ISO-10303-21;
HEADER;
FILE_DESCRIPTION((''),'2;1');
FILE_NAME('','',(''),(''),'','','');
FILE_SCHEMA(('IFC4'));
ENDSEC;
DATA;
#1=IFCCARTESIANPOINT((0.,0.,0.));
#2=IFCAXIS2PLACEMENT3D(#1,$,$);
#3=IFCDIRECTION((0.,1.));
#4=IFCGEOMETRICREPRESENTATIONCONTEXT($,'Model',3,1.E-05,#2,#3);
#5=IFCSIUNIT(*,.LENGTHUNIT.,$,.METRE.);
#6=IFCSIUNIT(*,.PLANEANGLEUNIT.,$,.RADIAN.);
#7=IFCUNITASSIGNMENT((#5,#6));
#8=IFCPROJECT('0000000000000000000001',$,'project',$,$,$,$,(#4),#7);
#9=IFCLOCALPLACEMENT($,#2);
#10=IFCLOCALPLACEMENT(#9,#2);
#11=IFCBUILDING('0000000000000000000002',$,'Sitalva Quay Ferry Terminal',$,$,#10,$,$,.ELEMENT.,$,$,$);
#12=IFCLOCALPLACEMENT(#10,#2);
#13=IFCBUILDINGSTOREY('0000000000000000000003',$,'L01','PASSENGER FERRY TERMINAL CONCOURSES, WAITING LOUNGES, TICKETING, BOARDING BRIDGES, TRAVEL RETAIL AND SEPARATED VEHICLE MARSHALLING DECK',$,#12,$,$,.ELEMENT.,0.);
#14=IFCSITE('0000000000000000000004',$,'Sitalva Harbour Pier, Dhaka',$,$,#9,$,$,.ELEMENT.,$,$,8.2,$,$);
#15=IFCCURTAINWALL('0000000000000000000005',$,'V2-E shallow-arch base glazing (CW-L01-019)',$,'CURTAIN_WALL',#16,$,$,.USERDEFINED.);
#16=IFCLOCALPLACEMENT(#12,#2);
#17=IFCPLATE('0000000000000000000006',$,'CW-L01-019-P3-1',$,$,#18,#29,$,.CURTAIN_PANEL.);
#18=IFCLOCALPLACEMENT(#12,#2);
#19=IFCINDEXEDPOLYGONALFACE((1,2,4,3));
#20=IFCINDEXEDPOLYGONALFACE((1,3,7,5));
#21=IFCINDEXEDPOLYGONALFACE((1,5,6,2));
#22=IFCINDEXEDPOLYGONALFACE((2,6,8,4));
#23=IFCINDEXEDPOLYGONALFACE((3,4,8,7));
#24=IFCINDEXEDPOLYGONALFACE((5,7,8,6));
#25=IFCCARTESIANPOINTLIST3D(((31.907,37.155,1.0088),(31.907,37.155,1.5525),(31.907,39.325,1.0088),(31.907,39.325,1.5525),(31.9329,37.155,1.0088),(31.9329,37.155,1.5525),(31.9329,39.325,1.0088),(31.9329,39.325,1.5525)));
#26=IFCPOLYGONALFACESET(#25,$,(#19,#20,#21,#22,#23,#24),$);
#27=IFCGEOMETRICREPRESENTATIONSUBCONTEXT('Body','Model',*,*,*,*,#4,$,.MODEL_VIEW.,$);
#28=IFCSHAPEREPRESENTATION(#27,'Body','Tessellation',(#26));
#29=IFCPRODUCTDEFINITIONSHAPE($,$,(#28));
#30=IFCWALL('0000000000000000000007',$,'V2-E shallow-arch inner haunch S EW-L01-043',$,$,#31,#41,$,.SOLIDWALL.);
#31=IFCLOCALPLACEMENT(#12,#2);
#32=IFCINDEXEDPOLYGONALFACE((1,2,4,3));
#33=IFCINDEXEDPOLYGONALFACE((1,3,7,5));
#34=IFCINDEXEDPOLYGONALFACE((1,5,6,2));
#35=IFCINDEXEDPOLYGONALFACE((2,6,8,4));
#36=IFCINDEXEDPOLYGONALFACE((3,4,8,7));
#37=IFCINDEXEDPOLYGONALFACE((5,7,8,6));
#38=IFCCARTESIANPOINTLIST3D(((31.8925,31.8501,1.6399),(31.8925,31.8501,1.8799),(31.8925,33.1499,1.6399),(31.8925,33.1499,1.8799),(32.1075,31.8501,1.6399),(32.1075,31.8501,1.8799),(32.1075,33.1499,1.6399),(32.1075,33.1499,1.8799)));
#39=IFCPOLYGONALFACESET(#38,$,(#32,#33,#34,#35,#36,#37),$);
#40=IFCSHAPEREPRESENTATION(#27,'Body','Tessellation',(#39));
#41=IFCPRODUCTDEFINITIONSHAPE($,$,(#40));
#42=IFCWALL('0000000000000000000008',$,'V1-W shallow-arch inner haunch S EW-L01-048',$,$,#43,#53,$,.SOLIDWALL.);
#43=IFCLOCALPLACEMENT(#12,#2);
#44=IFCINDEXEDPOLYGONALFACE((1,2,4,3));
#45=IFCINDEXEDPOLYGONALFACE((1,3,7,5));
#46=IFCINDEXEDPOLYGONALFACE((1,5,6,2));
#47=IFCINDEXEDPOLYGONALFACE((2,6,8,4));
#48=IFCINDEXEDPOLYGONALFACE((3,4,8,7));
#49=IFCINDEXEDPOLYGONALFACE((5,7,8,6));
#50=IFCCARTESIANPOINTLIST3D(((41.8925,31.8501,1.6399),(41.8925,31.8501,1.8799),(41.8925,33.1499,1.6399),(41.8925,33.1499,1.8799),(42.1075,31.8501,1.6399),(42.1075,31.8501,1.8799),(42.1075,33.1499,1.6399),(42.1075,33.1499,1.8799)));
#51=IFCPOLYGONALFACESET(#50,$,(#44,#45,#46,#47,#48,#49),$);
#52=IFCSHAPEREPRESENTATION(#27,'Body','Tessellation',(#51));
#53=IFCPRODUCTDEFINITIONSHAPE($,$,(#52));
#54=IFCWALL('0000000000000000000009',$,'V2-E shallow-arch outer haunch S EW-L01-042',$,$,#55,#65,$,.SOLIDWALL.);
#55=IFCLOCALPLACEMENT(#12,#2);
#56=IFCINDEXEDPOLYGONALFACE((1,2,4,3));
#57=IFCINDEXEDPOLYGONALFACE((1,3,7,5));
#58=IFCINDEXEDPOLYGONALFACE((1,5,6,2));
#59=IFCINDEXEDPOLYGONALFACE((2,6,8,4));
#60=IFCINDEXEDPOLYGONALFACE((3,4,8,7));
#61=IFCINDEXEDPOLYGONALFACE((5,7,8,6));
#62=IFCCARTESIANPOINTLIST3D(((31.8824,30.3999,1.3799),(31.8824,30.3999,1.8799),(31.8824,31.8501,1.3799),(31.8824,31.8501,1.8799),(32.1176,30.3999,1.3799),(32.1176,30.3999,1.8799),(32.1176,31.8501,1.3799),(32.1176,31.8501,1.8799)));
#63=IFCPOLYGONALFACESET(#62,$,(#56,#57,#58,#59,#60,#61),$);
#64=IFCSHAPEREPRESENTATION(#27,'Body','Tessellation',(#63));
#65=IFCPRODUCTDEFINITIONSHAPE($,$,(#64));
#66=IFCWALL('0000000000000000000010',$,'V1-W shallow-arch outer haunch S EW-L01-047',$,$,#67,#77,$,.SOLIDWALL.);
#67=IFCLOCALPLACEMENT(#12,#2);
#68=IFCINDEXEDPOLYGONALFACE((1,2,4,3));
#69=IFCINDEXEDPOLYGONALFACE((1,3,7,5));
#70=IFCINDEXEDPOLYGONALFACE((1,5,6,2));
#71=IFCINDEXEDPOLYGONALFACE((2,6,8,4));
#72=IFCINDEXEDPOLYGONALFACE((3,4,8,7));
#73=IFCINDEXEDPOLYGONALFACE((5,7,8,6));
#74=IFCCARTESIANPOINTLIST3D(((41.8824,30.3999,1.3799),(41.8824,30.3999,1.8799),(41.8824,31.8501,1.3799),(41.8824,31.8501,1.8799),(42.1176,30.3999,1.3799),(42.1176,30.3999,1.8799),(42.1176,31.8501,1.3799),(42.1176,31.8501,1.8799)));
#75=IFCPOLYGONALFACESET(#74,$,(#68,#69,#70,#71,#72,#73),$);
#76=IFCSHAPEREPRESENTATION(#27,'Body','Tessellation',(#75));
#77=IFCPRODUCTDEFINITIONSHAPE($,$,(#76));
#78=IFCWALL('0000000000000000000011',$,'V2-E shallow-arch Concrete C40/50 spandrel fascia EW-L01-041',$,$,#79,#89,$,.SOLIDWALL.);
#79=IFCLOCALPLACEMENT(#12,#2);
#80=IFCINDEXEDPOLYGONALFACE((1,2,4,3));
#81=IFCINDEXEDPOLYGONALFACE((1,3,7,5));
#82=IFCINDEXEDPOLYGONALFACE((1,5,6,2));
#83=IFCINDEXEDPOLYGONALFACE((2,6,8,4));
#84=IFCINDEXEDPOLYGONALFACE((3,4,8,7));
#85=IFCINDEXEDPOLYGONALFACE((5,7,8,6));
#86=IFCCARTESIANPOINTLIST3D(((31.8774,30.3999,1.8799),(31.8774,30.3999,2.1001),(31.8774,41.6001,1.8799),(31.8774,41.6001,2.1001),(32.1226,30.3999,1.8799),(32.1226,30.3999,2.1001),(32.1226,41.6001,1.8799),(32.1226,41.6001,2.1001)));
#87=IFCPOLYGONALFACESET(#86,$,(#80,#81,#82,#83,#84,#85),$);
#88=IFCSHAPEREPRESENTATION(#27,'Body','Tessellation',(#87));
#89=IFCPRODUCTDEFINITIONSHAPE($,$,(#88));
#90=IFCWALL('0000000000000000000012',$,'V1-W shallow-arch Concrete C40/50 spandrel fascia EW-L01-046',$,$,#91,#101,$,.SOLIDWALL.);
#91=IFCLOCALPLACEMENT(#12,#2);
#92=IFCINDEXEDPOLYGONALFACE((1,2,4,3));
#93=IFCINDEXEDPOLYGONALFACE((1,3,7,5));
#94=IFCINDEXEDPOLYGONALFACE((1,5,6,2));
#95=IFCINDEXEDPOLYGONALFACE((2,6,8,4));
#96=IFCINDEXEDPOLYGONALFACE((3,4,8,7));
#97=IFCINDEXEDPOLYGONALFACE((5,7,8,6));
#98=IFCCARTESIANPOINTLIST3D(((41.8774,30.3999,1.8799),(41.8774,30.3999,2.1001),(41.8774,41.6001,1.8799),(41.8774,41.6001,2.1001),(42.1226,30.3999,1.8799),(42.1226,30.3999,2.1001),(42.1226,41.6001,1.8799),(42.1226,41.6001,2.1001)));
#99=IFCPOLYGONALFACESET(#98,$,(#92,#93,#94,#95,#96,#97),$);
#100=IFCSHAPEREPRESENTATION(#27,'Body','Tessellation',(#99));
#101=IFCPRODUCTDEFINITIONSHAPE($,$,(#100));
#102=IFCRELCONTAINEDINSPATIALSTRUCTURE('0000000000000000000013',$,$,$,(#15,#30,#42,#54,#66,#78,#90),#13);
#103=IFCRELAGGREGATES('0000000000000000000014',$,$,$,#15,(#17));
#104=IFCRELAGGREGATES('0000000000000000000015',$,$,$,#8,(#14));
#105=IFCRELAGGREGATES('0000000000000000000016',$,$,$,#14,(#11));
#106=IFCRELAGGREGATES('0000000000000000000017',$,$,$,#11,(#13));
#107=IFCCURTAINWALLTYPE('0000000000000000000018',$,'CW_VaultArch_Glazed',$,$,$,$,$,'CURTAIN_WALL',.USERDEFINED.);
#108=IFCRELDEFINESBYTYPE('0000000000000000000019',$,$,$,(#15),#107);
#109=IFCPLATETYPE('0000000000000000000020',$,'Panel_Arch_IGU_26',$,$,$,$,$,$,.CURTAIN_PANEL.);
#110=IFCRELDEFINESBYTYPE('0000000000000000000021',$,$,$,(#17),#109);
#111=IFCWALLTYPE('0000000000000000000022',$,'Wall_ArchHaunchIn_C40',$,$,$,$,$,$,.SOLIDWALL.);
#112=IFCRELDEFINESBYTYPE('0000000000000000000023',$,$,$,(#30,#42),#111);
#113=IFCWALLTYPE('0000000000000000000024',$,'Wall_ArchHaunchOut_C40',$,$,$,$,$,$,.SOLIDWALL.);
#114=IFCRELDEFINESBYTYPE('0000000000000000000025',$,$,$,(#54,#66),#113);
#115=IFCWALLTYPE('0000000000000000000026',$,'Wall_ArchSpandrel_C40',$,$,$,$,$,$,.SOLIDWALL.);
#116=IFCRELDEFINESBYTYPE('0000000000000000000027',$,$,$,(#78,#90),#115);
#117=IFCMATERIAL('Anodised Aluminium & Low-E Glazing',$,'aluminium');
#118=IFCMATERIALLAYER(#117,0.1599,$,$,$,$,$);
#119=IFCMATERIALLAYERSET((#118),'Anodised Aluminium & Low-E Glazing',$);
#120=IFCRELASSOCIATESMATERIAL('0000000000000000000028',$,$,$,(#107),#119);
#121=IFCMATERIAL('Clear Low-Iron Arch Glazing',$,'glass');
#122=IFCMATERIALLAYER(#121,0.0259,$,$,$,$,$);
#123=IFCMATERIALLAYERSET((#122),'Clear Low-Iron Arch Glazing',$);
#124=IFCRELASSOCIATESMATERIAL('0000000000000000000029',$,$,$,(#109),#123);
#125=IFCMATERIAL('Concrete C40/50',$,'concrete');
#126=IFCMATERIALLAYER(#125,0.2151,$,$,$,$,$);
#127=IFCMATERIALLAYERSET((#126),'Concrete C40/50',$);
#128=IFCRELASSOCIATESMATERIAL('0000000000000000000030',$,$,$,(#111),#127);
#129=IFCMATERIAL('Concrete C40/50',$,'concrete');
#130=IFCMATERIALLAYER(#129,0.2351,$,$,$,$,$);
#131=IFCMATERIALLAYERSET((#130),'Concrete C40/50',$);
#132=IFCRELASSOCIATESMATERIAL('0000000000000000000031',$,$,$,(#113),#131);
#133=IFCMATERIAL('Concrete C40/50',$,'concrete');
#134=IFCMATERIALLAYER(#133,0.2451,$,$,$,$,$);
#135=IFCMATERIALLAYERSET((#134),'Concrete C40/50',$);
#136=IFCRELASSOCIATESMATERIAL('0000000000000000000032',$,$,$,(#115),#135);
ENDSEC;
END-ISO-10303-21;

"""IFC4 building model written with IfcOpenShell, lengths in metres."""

from ifc_helpers import new_model, si_unit, direction, frame, frame_2d, origin, origin_2d, place, context, subcontext, project, spatial, rectangle, extrude, material, layer, layer_set, type_object, element, aggregate, save


model = new_model("IFC4")

# Units and contexts
model_context = context("Model", 3, precision=1e-05, world=origin(), true_north=direction((0.0, 1.0)))
body_context = subcontext(model_context, "Body", "Model", "MODEL_VIEW")
ifc_project = project(units=[si_unit("LENGTHUNIT", "METRE"), si_unit("PLANEANGLEUNIT", "RADIAN")], contexts=[model_context])

# Site, building, storey
site_placement = place(None, origin())
site = spatial("IfcSite", under=ifc_project, at=site_placement, Name="Sitalva Harbour Pier, Dhaka", CompositionType="ELEMENT", RefElevation=8.2)
building_placement = place(site_placement, origin())
building = spatial("IfcBuilding", under=site, at=building_placement, Name="Sitalva Quay Ferry Terminal", CompositionType="ELEMENT")
storey_placement = place(building_placement, origin())
storey = spatial("IfcBuildingStorey", under=building, at=storey_placement, Name="L01", Description="PASSENGER FERRY TERMINAL CONCOURSES, WAITING LOUNGES, TICKETING, BOARDING BRIDGES, TRAVEL RETAIL AND SEPARATED VEHICLE MARSHALLING DECK", CompositionType="ELEMENT", Elevation=0.0)

# Curtain wall, plate
ifc_material_1 = material(Name="Anodised Aluminium & Low-E Glazing", Category="aluminium")
ifc_layer_1 = layer(ifc_material_1, 0.1599)
ifc_layer_set_1 = layer_set([ifc_layer_1], Name="Anodised Aluminium & Low-E Glazing")
curtain_wall_type = type_object("IfcCurtainWallType", Name="CW_VaultArch_Glazed", ElementType="CURTAIN_WALL", PredefinedType="USERDEFINED", material=ifc_layer_set_1)
curtain_wall_placement = place(storey_placement, origin())
curtain_wall = element("IfcCurtainWall", 1, at=curtain_wall_placement, inside=storey, type_object=curtain_wall_type, Name="V2-E shallow-arch base glazing (CW-L01-019)", ObjectType="CURTAIN_WALL", PredefinedType="USERDEFINED")
ifc_material_2 = material(Name="Clear Low-Iron Arch Glazing", Category="glass")
ifc_layer_2 = layer(ifc_material_2, 0.0259)
ifc_layer_set_2 = layer_set([ifc_layer_2], Name="Clear Low-Iron Arch Glazing")
plate_type = type_object("IfcPlateType", Name="Panel_Arch_IGU_26", PredefinedType="CURTAIN_PANEL", material=ifc_layer_set_2)
plate_1_placement = place(storey_placement, frame((31.9199, 38.24, 1.0088), z_axis=(0.0, 0.0, 1.0), x_axis=(0.0, 1.0, 0.0)))
plate_1 = element("IfcPlate", 2, at=plate_1_placement, type_object=plate_type, Name="CW-L01-019-P3-1", PredefinedType="CURTAIN_PANEL", context=body_context, shape_type="SweptSolid", body=[
    extrude(rectangle(XDim=2.1699, YDim=0.0259, at=origin_2d()), origin(), (0.0, 0.0, 1.0), 0.5437),
])
aggregate(curtain_wall, [plate_1])

# Walls
ifc_material_3 = material(Name="Concrete C40/50", Category="concrete")
ifc_layer_3 = layer(ifc_material_3, 0.2151)
ifc_layer_set_3 = layer_set([ifc_layer_3], Name="Concrete C40/50")
wall_type_1 = type_object("IfcWallType", Name="Wall_ArchHaunchIn_C40", PredefinedType="SOLIDWALL", material=ifc_layer_set_3)
for number, where, z_axis, x_axis, name in (
    (3, (32.0, 31.8501, 1.6399), (0.0, 0.0, 1.0), (0.0, 1.0, 0.0), "V2-E shallow-arch inner haunch S EW-L01-043"),
    (4, (42.0, 31.8501, 1.6399), (0.0, 0.0, 1.0), (0.0, 1.0, 0.0), "V1-W shallow-arch inner haunch S EW-L01-048"),
):
    element("IfcWall", number, at=place(storey_placement, frame(where, z_axis=z_axis, x_axis=x_axis)), inside=storey, type_object=wall_type_1, Name=name, PredefinedType="SOLIDWALL", context=body_context, shape_type="SweptSolid", body=[
        extrude(rectangle(XDim=1.2998, YDim=0.2151, at=frame_2d((0.6499, 0.0))), origin(), (0.0, 0.0, 1.0), 0.24),
    ])
ifc_material_4 = material(Name="Concrete C40/50", Category="concrete")
ifc_layer_4 = layer(ifc_material_4, 0.2351)
ifc_layer_set_4 = layer_set([ifc_layer_4], Name="Concrete C40/50")
wall_type_2 = type_object("IfcWallType", Name="Wall_ArchHaunchOut_C40", PredefinedType="SOLIDWALL", material=ifc_layer_set_4)
for number, where, z_axis, x_axis, name in (
    (5, (32.0, 30.3999, 1.3799), (0.0, 0.0, 1.0), (0.0, 1.0, 0.0), "V2-E shallow-arch outer haunch S EW-L01-042"),
    (6, (42.0, 30.3999, 1.3799), (0.0, 0.0, 1.0), (0.0, 1.0, 0.0), "V1-W shallow-arch outer haunch S EW-L01-047"),
):
    element("IfcWall", number, at=place(storey_placement, frame(where, z_axis=z_axis, x_axis=x_axis)), inside=storey, type_object=wall_type_2, Name=name, PredefinedType="SOLIDWALL", context=body_context, shape_type="SweptSolid", body=[
        extrude(rectangle(XDim=1.4502, YDim=0.2351, at=frame_2d((0.7251, 0.0))), origin(), (0.0, 0.0, 1.0), 0.5),
    ])
ifc_material_5 = material(Name="Concrete C40/50", Category="concrete")
ifc_layer_5 = layer(ifc_material_5, 0.2451)
ifc_layer_set_5 = layer_set([ifc_layer_5], Name="Concrete C40/50")
wall_type_3 = type_object("IfcWallType", Name="Wall_ArchSpandrel_C40", PredefinedType="SOLIDWALL", material=ifc_layer_set_5)
for number, where, z_axis, x_axis, name in (
    (7, (32.0, 30.3999, 1.8799), (0.0, 0.0, 1.0), (0.0, 1.0, 0.0), "V2-E shallow-arch Concrete C40/50 spandrel fascia EW-L01-041"),
    (8, (42.0, 30.3999, 1.8799), (0.0, 0.0, 1.0), (0.0, 1.0, 0.0), "V1-W shallow-arch Concrete C40/50 spandrel fascia EW-L01-046"),
):
    element("IfcWall", number, at=place(storey_placement, frame(where, z_axis=z_axis, x_axis=x_axis)), inside=storey, type_object=wall_type_3, Name=name, PredefinedType="SOLIDWALL", context=body_context, shape_type="SweptSolid", body=[
        extrude(rectangle(XDim=11.2002, YDim=0.2451, at=frame_2d((5.6001, 0.0))), origin(), (0.0, 0.0, 1.0), 0.2202),
    ])

save(model, "model.ifc")
